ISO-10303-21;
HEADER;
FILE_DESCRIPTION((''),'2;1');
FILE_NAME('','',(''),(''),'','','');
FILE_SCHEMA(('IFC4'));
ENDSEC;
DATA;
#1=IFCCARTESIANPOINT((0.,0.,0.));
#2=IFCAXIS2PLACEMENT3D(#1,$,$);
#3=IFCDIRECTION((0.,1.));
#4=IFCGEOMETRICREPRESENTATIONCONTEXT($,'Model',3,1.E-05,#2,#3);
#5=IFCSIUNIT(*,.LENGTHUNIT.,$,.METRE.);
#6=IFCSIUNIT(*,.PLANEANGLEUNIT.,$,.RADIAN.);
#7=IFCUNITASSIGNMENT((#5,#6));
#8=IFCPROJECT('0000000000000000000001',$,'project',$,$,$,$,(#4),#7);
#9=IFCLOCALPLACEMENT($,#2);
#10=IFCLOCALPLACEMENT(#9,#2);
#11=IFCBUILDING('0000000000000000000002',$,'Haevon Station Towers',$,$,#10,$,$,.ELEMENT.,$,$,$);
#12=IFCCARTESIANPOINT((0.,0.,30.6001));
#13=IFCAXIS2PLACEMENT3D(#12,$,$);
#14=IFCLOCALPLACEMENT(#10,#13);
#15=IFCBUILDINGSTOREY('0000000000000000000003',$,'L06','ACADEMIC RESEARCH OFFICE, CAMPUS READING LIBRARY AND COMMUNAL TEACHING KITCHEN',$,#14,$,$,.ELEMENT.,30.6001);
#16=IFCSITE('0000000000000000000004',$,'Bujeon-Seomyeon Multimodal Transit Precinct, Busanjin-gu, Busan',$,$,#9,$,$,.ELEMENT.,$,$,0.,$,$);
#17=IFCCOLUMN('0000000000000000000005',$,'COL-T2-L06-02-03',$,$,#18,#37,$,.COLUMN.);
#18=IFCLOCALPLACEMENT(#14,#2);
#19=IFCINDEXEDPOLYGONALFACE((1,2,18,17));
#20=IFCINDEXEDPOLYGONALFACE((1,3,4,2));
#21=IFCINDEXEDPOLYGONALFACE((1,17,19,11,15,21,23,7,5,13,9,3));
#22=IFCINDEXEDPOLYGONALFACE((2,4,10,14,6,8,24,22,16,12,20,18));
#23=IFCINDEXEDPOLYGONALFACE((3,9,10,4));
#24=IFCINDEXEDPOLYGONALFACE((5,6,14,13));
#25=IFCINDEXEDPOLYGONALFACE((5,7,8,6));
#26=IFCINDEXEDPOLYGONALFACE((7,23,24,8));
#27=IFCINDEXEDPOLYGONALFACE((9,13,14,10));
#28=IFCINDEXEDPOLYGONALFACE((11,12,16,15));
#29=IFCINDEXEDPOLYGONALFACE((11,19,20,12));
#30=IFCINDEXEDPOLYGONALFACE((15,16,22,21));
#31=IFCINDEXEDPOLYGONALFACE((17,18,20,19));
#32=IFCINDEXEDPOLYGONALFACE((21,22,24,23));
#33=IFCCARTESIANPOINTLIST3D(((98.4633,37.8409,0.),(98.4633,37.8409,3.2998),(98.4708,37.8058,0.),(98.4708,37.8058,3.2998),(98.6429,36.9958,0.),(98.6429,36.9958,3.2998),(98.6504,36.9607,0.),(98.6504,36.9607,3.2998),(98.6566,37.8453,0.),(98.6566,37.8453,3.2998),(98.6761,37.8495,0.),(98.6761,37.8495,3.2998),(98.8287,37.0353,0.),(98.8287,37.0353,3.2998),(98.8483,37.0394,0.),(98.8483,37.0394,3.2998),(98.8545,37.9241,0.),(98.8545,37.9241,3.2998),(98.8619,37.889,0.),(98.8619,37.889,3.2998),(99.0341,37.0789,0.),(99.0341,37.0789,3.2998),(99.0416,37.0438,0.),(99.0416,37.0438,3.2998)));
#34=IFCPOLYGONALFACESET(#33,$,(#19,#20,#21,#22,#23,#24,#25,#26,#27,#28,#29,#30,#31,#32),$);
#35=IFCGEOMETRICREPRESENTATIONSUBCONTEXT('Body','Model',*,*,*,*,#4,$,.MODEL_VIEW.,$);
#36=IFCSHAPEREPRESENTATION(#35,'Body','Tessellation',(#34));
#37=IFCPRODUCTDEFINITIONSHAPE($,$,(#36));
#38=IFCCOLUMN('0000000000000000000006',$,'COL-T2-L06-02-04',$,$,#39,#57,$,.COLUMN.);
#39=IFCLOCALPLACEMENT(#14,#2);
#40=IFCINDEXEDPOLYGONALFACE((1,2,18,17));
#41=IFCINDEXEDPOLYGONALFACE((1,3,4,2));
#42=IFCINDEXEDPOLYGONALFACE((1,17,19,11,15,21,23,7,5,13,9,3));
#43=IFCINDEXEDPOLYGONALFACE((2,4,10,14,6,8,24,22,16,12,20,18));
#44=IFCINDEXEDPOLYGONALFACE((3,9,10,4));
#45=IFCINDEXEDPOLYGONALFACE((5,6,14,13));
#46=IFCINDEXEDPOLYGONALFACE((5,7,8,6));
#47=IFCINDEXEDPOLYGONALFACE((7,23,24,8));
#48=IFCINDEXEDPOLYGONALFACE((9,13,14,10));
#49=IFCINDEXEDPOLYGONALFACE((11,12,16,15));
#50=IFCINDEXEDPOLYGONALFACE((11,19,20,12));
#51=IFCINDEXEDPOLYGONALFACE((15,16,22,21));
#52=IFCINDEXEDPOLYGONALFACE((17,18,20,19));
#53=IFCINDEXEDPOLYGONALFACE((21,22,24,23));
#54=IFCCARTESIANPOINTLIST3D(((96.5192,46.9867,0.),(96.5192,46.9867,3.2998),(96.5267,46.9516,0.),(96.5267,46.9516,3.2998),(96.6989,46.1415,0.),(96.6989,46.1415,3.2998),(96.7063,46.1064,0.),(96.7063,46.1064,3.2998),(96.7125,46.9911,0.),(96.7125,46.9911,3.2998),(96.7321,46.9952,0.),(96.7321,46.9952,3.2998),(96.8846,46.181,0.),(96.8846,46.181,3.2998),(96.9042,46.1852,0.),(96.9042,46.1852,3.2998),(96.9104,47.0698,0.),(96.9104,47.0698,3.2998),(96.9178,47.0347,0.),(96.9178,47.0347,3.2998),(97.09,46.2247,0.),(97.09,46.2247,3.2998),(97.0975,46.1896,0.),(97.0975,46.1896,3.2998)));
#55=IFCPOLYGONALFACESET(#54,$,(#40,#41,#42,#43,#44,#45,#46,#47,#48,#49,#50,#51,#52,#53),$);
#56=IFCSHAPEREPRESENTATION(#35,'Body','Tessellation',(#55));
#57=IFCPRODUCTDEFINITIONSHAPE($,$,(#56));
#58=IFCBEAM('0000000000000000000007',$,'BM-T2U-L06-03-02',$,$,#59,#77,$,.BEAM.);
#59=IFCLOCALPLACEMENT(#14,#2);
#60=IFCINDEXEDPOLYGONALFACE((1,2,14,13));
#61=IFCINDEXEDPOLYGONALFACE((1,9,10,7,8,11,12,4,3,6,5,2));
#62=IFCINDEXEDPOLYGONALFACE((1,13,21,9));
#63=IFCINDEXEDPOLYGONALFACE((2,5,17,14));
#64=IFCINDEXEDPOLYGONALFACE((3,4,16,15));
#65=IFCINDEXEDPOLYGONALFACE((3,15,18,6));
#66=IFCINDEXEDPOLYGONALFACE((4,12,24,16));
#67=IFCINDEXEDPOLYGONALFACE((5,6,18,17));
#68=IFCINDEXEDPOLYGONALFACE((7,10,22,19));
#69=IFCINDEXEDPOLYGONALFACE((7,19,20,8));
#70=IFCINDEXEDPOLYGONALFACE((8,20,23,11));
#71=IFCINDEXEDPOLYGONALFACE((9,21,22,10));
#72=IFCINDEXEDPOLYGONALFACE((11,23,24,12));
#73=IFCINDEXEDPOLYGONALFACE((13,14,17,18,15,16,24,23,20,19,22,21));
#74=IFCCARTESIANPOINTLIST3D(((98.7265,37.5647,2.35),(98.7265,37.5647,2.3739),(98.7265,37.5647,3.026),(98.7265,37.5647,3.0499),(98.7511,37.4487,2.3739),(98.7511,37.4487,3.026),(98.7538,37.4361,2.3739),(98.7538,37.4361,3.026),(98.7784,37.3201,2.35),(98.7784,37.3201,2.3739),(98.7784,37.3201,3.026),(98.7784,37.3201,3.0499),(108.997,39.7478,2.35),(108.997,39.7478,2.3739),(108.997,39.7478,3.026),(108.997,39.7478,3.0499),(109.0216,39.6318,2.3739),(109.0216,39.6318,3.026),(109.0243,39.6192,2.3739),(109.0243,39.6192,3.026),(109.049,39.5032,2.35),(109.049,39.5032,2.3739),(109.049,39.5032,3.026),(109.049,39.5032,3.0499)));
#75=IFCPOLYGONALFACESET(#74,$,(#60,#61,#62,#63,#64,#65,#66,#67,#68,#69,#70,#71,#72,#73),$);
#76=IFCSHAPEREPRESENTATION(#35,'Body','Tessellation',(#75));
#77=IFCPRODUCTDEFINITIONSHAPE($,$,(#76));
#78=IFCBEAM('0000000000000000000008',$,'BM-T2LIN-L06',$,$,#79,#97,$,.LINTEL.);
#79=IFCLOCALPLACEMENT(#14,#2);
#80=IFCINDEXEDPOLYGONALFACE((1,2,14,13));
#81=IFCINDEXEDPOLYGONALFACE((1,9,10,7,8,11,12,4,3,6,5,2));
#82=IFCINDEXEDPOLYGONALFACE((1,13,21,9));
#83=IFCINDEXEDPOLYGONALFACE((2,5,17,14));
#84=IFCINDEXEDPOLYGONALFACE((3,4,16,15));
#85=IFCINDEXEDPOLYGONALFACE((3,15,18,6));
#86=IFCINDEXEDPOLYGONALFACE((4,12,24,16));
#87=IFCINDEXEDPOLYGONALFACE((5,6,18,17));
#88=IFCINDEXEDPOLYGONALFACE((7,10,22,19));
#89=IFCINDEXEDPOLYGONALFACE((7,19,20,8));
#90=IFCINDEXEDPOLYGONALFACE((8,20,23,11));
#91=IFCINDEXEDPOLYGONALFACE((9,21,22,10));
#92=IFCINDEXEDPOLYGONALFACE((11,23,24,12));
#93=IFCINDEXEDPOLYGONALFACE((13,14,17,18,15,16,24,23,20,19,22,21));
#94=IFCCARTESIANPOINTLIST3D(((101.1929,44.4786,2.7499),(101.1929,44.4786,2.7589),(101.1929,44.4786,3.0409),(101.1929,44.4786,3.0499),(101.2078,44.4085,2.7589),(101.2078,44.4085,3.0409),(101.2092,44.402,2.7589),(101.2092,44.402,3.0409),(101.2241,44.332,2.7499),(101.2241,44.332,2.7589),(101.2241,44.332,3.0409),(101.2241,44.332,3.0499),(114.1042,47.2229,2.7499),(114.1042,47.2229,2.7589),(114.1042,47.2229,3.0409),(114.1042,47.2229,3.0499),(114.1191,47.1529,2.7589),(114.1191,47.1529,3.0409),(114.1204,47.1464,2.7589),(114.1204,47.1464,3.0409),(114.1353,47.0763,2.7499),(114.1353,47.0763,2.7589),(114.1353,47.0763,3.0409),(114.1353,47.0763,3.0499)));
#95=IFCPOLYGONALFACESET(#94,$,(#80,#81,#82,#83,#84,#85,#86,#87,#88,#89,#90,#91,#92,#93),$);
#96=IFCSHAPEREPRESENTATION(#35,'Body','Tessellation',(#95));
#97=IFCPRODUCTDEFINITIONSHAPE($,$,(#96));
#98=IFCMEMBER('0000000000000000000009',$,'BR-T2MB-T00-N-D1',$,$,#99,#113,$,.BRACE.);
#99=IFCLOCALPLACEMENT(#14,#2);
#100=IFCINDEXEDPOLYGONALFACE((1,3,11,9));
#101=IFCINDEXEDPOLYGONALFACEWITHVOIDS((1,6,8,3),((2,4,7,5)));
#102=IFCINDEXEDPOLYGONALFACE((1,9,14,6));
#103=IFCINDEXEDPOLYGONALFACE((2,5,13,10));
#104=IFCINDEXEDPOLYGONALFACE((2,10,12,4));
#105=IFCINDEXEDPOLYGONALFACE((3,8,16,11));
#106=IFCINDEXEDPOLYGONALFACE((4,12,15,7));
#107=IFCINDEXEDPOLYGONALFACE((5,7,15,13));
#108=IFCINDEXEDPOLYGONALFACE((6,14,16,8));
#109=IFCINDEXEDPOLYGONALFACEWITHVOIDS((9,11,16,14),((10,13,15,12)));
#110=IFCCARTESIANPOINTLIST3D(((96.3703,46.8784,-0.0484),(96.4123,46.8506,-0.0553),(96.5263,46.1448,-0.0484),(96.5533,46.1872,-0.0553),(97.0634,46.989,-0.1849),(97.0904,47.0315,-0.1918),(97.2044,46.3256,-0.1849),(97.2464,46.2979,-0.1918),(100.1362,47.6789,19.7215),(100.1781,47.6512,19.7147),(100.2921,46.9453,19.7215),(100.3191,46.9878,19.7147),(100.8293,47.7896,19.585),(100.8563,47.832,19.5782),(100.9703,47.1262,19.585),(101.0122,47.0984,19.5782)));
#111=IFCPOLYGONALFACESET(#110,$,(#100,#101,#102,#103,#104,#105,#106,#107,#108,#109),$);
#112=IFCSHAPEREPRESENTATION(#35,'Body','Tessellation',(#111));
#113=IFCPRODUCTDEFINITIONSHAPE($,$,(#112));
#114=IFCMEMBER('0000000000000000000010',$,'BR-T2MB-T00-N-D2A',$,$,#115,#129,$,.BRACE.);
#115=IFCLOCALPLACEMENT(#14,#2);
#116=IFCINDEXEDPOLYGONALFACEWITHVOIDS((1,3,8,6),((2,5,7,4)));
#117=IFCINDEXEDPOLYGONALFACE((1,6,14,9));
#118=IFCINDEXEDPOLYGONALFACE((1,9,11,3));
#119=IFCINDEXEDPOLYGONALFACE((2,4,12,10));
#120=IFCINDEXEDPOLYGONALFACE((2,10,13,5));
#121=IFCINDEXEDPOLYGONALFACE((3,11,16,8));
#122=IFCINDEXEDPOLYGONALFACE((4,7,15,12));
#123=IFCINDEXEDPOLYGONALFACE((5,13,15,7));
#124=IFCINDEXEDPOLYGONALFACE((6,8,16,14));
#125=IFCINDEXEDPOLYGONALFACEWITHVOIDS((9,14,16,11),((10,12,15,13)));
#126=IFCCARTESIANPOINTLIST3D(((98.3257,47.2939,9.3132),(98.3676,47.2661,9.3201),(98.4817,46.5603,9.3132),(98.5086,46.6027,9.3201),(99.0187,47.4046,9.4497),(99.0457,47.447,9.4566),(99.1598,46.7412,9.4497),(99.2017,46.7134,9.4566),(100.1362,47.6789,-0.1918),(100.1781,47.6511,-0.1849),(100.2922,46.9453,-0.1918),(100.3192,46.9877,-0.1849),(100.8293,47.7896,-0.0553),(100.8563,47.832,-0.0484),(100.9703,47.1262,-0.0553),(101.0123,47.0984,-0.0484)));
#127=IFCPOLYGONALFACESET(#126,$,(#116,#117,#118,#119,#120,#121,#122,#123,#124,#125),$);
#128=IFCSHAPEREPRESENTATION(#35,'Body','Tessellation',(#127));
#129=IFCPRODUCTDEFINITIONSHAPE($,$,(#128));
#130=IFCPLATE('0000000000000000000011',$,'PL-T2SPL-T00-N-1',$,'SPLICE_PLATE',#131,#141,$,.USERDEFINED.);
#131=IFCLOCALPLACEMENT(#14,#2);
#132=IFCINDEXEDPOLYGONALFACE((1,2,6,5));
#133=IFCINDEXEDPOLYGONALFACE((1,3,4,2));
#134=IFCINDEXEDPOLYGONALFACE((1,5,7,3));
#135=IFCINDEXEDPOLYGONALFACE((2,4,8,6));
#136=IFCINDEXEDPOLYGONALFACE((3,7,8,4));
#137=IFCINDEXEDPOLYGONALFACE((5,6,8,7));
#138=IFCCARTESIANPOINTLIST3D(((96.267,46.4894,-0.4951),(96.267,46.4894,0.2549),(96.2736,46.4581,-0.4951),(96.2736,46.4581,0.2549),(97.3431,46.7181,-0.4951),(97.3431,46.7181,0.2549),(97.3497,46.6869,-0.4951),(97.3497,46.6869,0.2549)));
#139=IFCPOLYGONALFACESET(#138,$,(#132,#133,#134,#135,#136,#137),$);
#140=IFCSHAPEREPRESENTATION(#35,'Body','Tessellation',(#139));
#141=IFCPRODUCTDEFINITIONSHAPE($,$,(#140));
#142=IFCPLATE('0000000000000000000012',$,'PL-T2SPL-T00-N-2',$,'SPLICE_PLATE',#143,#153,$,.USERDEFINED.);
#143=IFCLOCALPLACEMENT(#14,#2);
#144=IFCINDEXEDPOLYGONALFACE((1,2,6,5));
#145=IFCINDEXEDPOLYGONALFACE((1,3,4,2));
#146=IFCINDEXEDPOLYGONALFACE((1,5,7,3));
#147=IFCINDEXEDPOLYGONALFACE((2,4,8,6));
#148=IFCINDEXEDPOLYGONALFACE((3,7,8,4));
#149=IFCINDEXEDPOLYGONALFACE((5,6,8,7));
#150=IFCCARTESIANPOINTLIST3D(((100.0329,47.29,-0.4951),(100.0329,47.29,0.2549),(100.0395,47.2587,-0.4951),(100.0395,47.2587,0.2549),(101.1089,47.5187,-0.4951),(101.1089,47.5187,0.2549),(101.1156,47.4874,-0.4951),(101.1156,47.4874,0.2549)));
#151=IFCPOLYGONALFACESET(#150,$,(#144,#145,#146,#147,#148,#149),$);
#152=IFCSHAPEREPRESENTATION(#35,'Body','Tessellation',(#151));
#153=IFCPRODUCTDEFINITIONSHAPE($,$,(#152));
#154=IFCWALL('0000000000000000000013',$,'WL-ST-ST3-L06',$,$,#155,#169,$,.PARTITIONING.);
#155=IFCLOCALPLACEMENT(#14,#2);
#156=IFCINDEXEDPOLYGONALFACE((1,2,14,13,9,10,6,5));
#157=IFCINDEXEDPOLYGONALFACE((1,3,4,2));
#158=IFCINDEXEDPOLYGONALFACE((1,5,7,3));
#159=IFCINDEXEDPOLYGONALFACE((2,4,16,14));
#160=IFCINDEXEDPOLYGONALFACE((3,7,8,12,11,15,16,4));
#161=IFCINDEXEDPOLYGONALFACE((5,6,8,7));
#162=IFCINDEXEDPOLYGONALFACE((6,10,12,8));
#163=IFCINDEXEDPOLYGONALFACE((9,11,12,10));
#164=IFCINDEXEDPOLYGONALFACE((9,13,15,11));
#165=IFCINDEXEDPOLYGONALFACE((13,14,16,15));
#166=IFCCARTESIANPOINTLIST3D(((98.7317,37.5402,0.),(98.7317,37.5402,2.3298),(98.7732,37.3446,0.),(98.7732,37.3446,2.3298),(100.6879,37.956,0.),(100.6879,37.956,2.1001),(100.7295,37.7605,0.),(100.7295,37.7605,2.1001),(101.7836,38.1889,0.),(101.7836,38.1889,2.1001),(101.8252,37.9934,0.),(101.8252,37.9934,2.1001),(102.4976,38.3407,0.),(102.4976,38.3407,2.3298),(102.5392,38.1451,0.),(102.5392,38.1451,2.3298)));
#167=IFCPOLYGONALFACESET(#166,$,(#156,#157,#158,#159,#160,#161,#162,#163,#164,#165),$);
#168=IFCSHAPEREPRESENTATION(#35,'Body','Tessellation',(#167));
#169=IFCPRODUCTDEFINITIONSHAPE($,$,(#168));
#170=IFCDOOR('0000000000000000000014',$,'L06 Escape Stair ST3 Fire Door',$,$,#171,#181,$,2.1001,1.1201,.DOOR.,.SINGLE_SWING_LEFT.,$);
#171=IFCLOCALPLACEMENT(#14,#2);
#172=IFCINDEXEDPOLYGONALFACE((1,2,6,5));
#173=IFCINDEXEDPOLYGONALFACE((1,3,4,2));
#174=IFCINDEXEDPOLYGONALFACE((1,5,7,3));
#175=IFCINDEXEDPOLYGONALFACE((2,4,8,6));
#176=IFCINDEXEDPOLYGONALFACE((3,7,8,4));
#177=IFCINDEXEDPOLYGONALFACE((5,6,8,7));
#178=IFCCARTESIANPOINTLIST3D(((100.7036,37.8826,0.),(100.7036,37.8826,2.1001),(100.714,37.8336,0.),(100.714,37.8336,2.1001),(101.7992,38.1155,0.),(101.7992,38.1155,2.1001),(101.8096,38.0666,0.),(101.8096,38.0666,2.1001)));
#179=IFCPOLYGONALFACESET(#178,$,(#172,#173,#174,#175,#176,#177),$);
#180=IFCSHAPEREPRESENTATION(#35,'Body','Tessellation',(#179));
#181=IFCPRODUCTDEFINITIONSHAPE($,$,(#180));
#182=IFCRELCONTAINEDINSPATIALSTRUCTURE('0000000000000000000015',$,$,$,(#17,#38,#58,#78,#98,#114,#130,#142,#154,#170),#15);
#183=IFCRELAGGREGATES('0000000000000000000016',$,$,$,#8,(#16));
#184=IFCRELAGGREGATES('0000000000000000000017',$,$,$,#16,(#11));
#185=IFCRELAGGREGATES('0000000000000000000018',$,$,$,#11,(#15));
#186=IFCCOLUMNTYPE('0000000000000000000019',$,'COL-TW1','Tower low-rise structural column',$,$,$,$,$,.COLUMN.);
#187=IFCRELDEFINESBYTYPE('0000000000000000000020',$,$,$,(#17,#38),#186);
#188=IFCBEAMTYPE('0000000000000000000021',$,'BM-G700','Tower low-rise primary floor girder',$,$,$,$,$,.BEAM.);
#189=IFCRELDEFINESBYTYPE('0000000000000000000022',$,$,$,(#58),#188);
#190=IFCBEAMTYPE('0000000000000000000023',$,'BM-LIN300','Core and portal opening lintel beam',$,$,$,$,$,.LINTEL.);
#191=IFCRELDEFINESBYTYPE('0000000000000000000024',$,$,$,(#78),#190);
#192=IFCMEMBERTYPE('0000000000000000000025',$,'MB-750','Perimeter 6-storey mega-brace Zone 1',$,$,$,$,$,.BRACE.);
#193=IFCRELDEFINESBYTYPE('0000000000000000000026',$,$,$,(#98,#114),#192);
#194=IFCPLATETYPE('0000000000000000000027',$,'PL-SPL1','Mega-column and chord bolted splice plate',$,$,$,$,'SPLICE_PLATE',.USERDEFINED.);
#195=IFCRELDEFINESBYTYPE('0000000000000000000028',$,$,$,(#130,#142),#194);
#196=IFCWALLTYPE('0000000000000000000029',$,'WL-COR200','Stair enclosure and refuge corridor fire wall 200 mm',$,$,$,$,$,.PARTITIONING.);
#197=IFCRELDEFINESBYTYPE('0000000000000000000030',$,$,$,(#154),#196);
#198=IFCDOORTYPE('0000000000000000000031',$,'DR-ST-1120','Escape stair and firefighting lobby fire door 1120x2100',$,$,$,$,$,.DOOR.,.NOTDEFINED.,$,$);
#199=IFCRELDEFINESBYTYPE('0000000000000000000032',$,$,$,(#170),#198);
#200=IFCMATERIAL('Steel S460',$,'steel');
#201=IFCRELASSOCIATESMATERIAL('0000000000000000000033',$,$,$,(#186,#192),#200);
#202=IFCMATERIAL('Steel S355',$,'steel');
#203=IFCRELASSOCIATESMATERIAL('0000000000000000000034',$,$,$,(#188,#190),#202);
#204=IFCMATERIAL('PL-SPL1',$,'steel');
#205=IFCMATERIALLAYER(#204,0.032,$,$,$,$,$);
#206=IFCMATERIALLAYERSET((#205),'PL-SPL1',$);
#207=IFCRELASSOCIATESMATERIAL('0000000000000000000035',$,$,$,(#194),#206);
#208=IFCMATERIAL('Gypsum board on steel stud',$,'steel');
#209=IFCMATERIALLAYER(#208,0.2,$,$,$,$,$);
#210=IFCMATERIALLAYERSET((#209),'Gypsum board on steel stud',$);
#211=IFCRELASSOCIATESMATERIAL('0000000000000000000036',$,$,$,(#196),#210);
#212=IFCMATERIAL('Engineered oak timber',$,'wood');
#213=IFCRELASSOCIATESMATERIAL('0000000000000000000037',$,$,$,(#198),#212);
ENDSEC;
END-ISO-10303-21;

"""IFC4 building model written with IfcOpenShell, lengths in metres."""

from ifc_helpers import new_model, si_unit, direction, frame, frame_2d, origin, origin_2d, place, context, subcontext, project, spatial, rectangle, hollow_rectangle, i_section, extrude, material, layer, layer_set, material_profile, profile_set, type_object, element, fill, save


model = new_model("IFC4")

# Units and contexts
model_context = context("Model", 3, precision=1e-05, world=origin(), true_north=direction((0.0, 1.0)))
body_context = subcontext(model_context, "Body", "Model", "MODEL_VIEW")
ifc_project = project(units=[si_unit("LENGTHUNIT", "METRE"), si_unit("PLANEANGLEUNIT", "RADIAN")], contexts=[model_context])

# Site, building, storey
site_placement = place(None, origin())
site = spatial("IfcSite", under=ifc_project, at=site_placement, Name="Bujeon-Seomyeon Multimodal Transit Precinct, Busanjin-gu, Busan", CompositionType="ELEMENT", RefElevation=0.0)
building_placement = place(site_placement, origin())
building = spatial("IfcBuilding", under=site, at=building_placement, Name="Haevon Station Towers", CompositionType="ELEMENT")
storey_placement = place(building_placement, frame((0.0, 0.0, 30.6001)))
storey = spatial("IfcBuildingStorey", under=building, at=storey_placement, Name="L06", Description="ACADEMIC RESEARCH OFFICE, CAMPUS READING LIBRARY AND COMMUNAL TEACHING KITCHEN", CompositionType="ELEMENT", Elevation=30.6001)

# Columns
ifc_material_1 = material(Name="Steel S460", Category="steel")
ifc_material_profile_1 = material_profile(ifc_material_1, i_section(OverallWidth=0.3999, OverallDepth=0.8999, WebThickness=0.02, FlangeThickness=0.0359, at=origin_2d()), Name="H-900x400x20x36")
ifc_profile_set_1 = profile_set([ifc_material_profile_1], Name="Steel S460")
column_type = type_object("IfcColumnType", Name="COL-TW1", Description="Tower low-rise structural column", PredefinedType="COLUMN", material=ifc_profile_set_1)
for number, where, z_axis, x_axis, name in (
    (1, (98.7524, 37.4424, 0.0), (0.0, 0.0, 1.0), (0.978148, 0.207912, 0.0), "COL-T2-L06-02-03"),
    (2, (96.8083, 46.5881, 0.0), (0.0, 0.0, 1.0), (0.978148, 0.207912, 0.0), "COL-T2-L06-02-04"),
):
    element("IfcColumn", number, at=place(storey_placement, frame(where, z_axis=z_axis, x_axis=x_axis)), inside=storey, type_object=column_type, Name=name, PredefinedType="COLUMN", context=body_context, shape_type="SweptSolid", body=[
        extrude(i_section(OverallWidth=0.3999, OverallDepth=0.8999, WebThickness=0.02, FlangeThickness=0.0359, at=origin_2d()), origin(), (0.0, 0.0, 1.0), 3.2998),
    ])

# Beams
ifc_material_2 = material(Name="Steel S355", Category="steel")
ifc_material_profile_2 = material_profile(ifc_material_2, i_section(OverallWidth=0.25, OverallDepth=0.7, WebThickness=0.0129, FlangeThickness=0.0239, at=origin_2d()), Name="H-700x250x13x24")
ifc_profile_set_2 = profile_set([ifc_material_profile_2], Name="Steel S355")
beam_type_1 = type_object("IfcBeamType", Name="BM-G700", Description="Tower low-rise primary floor girder", PredefinedType="BEAM", material=ifc_profile_set_2)
beam_1_placement = place(storey_placement, frame((98.7524, 37.4424, 2.7), z_axis=(0.978147, 0.207915, 0.0), x_axis=(-0.207915, 0.978147, 0.0)))
element("IfcBeam", 3, at=beam_1_placement, inside=storey, type_object=beam_type_1, Name="BM-T2U-L06-03-02", PredefinedType="BEAM", context=body_context, shape_type="SweptSolid", body=[
    extrude(i_section(OverallWidth=0.25, OverallDepth=0.7, WebThickness=0.0129, FlangeThickness=0.0239, at=origin_2d()), origin(), (0.0, 0.0, 1.0), 10.5),
])
ifc_material_profile_3 = material_profile(ifc_material_2, i_section(OverallWidth=0.1499, OverallDepth=0.3, WebThickness=0.0066, FlangeThickness=0.009, at=origin_2d()), Name="H-300x150x6.5x9")
ifc_profile_set_3 = profile_set([ifc_material_profile_3], Name="Steel S355")
beam_type_2 = type_object("IfcBeamType", Name="BM-LIN300", Description="Core and portal opening lintel beam", PredefinedType="LINTEL", material=ifc_profile_set_3)
beam_2_placement = place(storey_placement, frame((101.2085, 44.4053, 2.8999), z_axis=(0.978148, 0.207911, 0.0), x_axis=(-0.207911, 0.978148, 0.0)))
element("IfcBeam", 4, at=beam_2_placement, inside=storey, type_object=beam_type_2, Name="BM-T2LIN-L06", PredefinedType="LINTEL", context=body_context, shape_type="SweptSolid", body=[
    extrude(i_section(OverallWidth=0.1499, OverallDepth=0.3, WebThickness=0.0066, FlangeThickness=0.009, at=origin_2d()), origin(), (0.0, 0.0, 1.0), 13.1997),
])

# Members
ifc_material_profile_4 = material_profile(ifc_material_1, hollow_rectangle(XDim=0.75, YDim=0.75, WallThickness=0.0359, at=origin_2d()), Name="RHS-750x750x36")
ifc_profile_set_4 = profile_set([ifc_material_profile_4], Name="Steel S460")
member_type = type_object("IfcMemberType", Name="MB-750", Description="Perimeter 6-storey mega-brace Zone 1", PredefinedType="BRACE", material=ifc_profile_set_4)
member_1_placement = place(storey_placement, frame((96.8083, 46.5881, -0.1201), z_axis=(0.186971, 0.039746, 0.981561), x_axis=(-0.207931, 0.978144, 0.0)))
element("IfcMember", 5, at=member_1_placement, inside=storey, type_object=member_type, Name="BR-T2MB-T00-N-D1", PredefinedType="BRACE", context=body_context, shape_type="SweptSolid", body=[
    extrude(hollow_rectangle(XDim=0.75, YDim=0.75, WallThickness=0.0359, at=origin_2d()), origin(), (0.0, 0.0, 1.0), 20.1414),
])
member_2_placement = place(storey_placement, frame((100.5742, 47.3887, -0.1201), z_axis=(-0.186969, -0.039759, 0.981561), x_axis=(0.207998, -0.978129, 0.0)))
element("IfcMember", 6, at=member_2_placement, inside=storey, type_object=member_type, Name="BR-T2MB-T00-N-D2A", PredefinedType="BRACE", context=body_context, shape_type="SweptSolid", body=[
    extrude(hollow_rectangle(XDim=0.75, YDim=0.75, WallThickness=0.0359, at=origin_2d()), origin(), (0.0, 0.0, 1.0), 9.6836),
])

# Plates
ifc_material_3 = material(Name="PL-SPL1", Category="steel")
ifc_layer_1 = layer(ifc_material_3, 0.032)
ifc_layer_set_1 = layer_set([ifc_layer_1], Name="PL-SPL1")
plate_type = type_object("IfcPlateType", Name="PL-SPL1", Description="Mega-column and chord bolted splice plate", ElementType="SPLICE_PLATE", PredefinedType="USERDEFINED", material=ifc_layer_set_1)
for number, where, z_axis, x_axis, name in (
    (7, (96.8083, 46.5881, -0.4951), (0.0, 0.0, 1.0), (0.978148, 0.207912, 0.0), "PL-T2SPL-T00-N-1"),
    (8, (100.5742, 47.3887, -0.4951), (0.0, 0.0, 1.0), (0.978148, 0.207912, 0.0), "PL-T2SPL-T00-N-2"),
):
    element("IfcPlate", number, at=place(storey_placement, frame(where, z_axis=z_axis, x_axis=x_axis)), inside=storey, type_object=plate_type, Name=name, ObjectType="SPLICE_PLATE", PredefinedType="USERDEFINED", context=body_context, shape_type="SweptSolid", body=[
        extrude(rectangle(XDim=1.1001, YDim=0.032, at=origin_2d()), origin(), (0.0, 0.0, 1.0), 0.75),
    ])

# Wall, opening, door
ifc_material_4 = material(Name="Gypsum board on steel stud", Category="steel")
ifc_layer_2 = layer(ifc_material_4, 0.2)
ifc_layer_set_2 = layer_set([ifc_layer_2], Name="Gypsum board on steel stud")
wall_type_1 = type_object("IfcWallType", Name="WL-COR200", Description="Stair enclosure and refuge corridor fire wall 200 mm", PredefinedType="PARTITIONING", material=ifc_layer_set_2)
wall_1_placement = place(storey_placement, frame((98.7524, 37.4424, 0.0), z_axis=(0.0, 0.0, 1.0), x_axis=(0.978144, 0.207931, 0.0)))
wall_1 = element("IfcWall", 9, at=wall_1_placement, inside=storey, type_object=wall_type_1, Name="WL-ST-ST3-L06", PredefinedType="PARTITIONING", context=body_context, shape_type="SweptSolid", body=[
    extrude(rectangle(XDim=3.8501, YDim=0.2, at=frame_2d((1.925, 0.0))), origin(), (0.0, 0.0, 1.0), 2.3298),
])
opening_1_placement = place(wall_1_placement, frame((2.0, 0.0, 0.0)))
opening_1 = element("IfcOpeningElement", 10, at=opening_1_placement, cuts=wall_1, PredefinedType="OPENING", context=body_context, shape_type="SweptSolid", body=[
    extrude(rectangle(XDim=1.1201, YDim=2.1001, at=frame_2d((0.5601, 1.05))), frame((0.0, 0.1099, 0.0), z_axis=(0.0, -1.0, 0.0), x_axis=(1.0, 0.0, 0.0)), (0.0, 0.0, 1.0), 0.22),
])
ifc_material_5 = material(Name="Engineered oak timber", Category="wood")
door_type_1 = type_object("IfcDoorType", Name="DR-ST-1120", Description="Escape stair and firefighting lobby fire door 1120x2100", OperationType="NOTDEFINED", PredefinedType="DOOR", material=ifc_material_5)
door_1_placement = place(opening_1_placement, origin())
door_1 = element("IfcDoor", 11, at=door_1_placement, inside=storey, type_object=door_type_1, Name="L06 Escape Stair ST3 Fire Door", OperationType="SINGLE_SWING_LEFT", OverallHeight=2.1001, OverallWidth=1.1201, PredefinedType="DOOR", context=body_context, shape_type="SweptSolid", body=[
    extrude(rectangle(XDim=1.1201, YDim=2.1001, at=frame_2d((0.5601, 1.05))), frame((0.0, 0.0249, 0.0), z_axis=(0.0, -1.0, 0.0), x_axis=(1.0, 0.0, 0.0)), (0.0, 0.0, 1.0), 0.05),
])
fill(opening_1, door_1)

save(model, "model.ifc")
